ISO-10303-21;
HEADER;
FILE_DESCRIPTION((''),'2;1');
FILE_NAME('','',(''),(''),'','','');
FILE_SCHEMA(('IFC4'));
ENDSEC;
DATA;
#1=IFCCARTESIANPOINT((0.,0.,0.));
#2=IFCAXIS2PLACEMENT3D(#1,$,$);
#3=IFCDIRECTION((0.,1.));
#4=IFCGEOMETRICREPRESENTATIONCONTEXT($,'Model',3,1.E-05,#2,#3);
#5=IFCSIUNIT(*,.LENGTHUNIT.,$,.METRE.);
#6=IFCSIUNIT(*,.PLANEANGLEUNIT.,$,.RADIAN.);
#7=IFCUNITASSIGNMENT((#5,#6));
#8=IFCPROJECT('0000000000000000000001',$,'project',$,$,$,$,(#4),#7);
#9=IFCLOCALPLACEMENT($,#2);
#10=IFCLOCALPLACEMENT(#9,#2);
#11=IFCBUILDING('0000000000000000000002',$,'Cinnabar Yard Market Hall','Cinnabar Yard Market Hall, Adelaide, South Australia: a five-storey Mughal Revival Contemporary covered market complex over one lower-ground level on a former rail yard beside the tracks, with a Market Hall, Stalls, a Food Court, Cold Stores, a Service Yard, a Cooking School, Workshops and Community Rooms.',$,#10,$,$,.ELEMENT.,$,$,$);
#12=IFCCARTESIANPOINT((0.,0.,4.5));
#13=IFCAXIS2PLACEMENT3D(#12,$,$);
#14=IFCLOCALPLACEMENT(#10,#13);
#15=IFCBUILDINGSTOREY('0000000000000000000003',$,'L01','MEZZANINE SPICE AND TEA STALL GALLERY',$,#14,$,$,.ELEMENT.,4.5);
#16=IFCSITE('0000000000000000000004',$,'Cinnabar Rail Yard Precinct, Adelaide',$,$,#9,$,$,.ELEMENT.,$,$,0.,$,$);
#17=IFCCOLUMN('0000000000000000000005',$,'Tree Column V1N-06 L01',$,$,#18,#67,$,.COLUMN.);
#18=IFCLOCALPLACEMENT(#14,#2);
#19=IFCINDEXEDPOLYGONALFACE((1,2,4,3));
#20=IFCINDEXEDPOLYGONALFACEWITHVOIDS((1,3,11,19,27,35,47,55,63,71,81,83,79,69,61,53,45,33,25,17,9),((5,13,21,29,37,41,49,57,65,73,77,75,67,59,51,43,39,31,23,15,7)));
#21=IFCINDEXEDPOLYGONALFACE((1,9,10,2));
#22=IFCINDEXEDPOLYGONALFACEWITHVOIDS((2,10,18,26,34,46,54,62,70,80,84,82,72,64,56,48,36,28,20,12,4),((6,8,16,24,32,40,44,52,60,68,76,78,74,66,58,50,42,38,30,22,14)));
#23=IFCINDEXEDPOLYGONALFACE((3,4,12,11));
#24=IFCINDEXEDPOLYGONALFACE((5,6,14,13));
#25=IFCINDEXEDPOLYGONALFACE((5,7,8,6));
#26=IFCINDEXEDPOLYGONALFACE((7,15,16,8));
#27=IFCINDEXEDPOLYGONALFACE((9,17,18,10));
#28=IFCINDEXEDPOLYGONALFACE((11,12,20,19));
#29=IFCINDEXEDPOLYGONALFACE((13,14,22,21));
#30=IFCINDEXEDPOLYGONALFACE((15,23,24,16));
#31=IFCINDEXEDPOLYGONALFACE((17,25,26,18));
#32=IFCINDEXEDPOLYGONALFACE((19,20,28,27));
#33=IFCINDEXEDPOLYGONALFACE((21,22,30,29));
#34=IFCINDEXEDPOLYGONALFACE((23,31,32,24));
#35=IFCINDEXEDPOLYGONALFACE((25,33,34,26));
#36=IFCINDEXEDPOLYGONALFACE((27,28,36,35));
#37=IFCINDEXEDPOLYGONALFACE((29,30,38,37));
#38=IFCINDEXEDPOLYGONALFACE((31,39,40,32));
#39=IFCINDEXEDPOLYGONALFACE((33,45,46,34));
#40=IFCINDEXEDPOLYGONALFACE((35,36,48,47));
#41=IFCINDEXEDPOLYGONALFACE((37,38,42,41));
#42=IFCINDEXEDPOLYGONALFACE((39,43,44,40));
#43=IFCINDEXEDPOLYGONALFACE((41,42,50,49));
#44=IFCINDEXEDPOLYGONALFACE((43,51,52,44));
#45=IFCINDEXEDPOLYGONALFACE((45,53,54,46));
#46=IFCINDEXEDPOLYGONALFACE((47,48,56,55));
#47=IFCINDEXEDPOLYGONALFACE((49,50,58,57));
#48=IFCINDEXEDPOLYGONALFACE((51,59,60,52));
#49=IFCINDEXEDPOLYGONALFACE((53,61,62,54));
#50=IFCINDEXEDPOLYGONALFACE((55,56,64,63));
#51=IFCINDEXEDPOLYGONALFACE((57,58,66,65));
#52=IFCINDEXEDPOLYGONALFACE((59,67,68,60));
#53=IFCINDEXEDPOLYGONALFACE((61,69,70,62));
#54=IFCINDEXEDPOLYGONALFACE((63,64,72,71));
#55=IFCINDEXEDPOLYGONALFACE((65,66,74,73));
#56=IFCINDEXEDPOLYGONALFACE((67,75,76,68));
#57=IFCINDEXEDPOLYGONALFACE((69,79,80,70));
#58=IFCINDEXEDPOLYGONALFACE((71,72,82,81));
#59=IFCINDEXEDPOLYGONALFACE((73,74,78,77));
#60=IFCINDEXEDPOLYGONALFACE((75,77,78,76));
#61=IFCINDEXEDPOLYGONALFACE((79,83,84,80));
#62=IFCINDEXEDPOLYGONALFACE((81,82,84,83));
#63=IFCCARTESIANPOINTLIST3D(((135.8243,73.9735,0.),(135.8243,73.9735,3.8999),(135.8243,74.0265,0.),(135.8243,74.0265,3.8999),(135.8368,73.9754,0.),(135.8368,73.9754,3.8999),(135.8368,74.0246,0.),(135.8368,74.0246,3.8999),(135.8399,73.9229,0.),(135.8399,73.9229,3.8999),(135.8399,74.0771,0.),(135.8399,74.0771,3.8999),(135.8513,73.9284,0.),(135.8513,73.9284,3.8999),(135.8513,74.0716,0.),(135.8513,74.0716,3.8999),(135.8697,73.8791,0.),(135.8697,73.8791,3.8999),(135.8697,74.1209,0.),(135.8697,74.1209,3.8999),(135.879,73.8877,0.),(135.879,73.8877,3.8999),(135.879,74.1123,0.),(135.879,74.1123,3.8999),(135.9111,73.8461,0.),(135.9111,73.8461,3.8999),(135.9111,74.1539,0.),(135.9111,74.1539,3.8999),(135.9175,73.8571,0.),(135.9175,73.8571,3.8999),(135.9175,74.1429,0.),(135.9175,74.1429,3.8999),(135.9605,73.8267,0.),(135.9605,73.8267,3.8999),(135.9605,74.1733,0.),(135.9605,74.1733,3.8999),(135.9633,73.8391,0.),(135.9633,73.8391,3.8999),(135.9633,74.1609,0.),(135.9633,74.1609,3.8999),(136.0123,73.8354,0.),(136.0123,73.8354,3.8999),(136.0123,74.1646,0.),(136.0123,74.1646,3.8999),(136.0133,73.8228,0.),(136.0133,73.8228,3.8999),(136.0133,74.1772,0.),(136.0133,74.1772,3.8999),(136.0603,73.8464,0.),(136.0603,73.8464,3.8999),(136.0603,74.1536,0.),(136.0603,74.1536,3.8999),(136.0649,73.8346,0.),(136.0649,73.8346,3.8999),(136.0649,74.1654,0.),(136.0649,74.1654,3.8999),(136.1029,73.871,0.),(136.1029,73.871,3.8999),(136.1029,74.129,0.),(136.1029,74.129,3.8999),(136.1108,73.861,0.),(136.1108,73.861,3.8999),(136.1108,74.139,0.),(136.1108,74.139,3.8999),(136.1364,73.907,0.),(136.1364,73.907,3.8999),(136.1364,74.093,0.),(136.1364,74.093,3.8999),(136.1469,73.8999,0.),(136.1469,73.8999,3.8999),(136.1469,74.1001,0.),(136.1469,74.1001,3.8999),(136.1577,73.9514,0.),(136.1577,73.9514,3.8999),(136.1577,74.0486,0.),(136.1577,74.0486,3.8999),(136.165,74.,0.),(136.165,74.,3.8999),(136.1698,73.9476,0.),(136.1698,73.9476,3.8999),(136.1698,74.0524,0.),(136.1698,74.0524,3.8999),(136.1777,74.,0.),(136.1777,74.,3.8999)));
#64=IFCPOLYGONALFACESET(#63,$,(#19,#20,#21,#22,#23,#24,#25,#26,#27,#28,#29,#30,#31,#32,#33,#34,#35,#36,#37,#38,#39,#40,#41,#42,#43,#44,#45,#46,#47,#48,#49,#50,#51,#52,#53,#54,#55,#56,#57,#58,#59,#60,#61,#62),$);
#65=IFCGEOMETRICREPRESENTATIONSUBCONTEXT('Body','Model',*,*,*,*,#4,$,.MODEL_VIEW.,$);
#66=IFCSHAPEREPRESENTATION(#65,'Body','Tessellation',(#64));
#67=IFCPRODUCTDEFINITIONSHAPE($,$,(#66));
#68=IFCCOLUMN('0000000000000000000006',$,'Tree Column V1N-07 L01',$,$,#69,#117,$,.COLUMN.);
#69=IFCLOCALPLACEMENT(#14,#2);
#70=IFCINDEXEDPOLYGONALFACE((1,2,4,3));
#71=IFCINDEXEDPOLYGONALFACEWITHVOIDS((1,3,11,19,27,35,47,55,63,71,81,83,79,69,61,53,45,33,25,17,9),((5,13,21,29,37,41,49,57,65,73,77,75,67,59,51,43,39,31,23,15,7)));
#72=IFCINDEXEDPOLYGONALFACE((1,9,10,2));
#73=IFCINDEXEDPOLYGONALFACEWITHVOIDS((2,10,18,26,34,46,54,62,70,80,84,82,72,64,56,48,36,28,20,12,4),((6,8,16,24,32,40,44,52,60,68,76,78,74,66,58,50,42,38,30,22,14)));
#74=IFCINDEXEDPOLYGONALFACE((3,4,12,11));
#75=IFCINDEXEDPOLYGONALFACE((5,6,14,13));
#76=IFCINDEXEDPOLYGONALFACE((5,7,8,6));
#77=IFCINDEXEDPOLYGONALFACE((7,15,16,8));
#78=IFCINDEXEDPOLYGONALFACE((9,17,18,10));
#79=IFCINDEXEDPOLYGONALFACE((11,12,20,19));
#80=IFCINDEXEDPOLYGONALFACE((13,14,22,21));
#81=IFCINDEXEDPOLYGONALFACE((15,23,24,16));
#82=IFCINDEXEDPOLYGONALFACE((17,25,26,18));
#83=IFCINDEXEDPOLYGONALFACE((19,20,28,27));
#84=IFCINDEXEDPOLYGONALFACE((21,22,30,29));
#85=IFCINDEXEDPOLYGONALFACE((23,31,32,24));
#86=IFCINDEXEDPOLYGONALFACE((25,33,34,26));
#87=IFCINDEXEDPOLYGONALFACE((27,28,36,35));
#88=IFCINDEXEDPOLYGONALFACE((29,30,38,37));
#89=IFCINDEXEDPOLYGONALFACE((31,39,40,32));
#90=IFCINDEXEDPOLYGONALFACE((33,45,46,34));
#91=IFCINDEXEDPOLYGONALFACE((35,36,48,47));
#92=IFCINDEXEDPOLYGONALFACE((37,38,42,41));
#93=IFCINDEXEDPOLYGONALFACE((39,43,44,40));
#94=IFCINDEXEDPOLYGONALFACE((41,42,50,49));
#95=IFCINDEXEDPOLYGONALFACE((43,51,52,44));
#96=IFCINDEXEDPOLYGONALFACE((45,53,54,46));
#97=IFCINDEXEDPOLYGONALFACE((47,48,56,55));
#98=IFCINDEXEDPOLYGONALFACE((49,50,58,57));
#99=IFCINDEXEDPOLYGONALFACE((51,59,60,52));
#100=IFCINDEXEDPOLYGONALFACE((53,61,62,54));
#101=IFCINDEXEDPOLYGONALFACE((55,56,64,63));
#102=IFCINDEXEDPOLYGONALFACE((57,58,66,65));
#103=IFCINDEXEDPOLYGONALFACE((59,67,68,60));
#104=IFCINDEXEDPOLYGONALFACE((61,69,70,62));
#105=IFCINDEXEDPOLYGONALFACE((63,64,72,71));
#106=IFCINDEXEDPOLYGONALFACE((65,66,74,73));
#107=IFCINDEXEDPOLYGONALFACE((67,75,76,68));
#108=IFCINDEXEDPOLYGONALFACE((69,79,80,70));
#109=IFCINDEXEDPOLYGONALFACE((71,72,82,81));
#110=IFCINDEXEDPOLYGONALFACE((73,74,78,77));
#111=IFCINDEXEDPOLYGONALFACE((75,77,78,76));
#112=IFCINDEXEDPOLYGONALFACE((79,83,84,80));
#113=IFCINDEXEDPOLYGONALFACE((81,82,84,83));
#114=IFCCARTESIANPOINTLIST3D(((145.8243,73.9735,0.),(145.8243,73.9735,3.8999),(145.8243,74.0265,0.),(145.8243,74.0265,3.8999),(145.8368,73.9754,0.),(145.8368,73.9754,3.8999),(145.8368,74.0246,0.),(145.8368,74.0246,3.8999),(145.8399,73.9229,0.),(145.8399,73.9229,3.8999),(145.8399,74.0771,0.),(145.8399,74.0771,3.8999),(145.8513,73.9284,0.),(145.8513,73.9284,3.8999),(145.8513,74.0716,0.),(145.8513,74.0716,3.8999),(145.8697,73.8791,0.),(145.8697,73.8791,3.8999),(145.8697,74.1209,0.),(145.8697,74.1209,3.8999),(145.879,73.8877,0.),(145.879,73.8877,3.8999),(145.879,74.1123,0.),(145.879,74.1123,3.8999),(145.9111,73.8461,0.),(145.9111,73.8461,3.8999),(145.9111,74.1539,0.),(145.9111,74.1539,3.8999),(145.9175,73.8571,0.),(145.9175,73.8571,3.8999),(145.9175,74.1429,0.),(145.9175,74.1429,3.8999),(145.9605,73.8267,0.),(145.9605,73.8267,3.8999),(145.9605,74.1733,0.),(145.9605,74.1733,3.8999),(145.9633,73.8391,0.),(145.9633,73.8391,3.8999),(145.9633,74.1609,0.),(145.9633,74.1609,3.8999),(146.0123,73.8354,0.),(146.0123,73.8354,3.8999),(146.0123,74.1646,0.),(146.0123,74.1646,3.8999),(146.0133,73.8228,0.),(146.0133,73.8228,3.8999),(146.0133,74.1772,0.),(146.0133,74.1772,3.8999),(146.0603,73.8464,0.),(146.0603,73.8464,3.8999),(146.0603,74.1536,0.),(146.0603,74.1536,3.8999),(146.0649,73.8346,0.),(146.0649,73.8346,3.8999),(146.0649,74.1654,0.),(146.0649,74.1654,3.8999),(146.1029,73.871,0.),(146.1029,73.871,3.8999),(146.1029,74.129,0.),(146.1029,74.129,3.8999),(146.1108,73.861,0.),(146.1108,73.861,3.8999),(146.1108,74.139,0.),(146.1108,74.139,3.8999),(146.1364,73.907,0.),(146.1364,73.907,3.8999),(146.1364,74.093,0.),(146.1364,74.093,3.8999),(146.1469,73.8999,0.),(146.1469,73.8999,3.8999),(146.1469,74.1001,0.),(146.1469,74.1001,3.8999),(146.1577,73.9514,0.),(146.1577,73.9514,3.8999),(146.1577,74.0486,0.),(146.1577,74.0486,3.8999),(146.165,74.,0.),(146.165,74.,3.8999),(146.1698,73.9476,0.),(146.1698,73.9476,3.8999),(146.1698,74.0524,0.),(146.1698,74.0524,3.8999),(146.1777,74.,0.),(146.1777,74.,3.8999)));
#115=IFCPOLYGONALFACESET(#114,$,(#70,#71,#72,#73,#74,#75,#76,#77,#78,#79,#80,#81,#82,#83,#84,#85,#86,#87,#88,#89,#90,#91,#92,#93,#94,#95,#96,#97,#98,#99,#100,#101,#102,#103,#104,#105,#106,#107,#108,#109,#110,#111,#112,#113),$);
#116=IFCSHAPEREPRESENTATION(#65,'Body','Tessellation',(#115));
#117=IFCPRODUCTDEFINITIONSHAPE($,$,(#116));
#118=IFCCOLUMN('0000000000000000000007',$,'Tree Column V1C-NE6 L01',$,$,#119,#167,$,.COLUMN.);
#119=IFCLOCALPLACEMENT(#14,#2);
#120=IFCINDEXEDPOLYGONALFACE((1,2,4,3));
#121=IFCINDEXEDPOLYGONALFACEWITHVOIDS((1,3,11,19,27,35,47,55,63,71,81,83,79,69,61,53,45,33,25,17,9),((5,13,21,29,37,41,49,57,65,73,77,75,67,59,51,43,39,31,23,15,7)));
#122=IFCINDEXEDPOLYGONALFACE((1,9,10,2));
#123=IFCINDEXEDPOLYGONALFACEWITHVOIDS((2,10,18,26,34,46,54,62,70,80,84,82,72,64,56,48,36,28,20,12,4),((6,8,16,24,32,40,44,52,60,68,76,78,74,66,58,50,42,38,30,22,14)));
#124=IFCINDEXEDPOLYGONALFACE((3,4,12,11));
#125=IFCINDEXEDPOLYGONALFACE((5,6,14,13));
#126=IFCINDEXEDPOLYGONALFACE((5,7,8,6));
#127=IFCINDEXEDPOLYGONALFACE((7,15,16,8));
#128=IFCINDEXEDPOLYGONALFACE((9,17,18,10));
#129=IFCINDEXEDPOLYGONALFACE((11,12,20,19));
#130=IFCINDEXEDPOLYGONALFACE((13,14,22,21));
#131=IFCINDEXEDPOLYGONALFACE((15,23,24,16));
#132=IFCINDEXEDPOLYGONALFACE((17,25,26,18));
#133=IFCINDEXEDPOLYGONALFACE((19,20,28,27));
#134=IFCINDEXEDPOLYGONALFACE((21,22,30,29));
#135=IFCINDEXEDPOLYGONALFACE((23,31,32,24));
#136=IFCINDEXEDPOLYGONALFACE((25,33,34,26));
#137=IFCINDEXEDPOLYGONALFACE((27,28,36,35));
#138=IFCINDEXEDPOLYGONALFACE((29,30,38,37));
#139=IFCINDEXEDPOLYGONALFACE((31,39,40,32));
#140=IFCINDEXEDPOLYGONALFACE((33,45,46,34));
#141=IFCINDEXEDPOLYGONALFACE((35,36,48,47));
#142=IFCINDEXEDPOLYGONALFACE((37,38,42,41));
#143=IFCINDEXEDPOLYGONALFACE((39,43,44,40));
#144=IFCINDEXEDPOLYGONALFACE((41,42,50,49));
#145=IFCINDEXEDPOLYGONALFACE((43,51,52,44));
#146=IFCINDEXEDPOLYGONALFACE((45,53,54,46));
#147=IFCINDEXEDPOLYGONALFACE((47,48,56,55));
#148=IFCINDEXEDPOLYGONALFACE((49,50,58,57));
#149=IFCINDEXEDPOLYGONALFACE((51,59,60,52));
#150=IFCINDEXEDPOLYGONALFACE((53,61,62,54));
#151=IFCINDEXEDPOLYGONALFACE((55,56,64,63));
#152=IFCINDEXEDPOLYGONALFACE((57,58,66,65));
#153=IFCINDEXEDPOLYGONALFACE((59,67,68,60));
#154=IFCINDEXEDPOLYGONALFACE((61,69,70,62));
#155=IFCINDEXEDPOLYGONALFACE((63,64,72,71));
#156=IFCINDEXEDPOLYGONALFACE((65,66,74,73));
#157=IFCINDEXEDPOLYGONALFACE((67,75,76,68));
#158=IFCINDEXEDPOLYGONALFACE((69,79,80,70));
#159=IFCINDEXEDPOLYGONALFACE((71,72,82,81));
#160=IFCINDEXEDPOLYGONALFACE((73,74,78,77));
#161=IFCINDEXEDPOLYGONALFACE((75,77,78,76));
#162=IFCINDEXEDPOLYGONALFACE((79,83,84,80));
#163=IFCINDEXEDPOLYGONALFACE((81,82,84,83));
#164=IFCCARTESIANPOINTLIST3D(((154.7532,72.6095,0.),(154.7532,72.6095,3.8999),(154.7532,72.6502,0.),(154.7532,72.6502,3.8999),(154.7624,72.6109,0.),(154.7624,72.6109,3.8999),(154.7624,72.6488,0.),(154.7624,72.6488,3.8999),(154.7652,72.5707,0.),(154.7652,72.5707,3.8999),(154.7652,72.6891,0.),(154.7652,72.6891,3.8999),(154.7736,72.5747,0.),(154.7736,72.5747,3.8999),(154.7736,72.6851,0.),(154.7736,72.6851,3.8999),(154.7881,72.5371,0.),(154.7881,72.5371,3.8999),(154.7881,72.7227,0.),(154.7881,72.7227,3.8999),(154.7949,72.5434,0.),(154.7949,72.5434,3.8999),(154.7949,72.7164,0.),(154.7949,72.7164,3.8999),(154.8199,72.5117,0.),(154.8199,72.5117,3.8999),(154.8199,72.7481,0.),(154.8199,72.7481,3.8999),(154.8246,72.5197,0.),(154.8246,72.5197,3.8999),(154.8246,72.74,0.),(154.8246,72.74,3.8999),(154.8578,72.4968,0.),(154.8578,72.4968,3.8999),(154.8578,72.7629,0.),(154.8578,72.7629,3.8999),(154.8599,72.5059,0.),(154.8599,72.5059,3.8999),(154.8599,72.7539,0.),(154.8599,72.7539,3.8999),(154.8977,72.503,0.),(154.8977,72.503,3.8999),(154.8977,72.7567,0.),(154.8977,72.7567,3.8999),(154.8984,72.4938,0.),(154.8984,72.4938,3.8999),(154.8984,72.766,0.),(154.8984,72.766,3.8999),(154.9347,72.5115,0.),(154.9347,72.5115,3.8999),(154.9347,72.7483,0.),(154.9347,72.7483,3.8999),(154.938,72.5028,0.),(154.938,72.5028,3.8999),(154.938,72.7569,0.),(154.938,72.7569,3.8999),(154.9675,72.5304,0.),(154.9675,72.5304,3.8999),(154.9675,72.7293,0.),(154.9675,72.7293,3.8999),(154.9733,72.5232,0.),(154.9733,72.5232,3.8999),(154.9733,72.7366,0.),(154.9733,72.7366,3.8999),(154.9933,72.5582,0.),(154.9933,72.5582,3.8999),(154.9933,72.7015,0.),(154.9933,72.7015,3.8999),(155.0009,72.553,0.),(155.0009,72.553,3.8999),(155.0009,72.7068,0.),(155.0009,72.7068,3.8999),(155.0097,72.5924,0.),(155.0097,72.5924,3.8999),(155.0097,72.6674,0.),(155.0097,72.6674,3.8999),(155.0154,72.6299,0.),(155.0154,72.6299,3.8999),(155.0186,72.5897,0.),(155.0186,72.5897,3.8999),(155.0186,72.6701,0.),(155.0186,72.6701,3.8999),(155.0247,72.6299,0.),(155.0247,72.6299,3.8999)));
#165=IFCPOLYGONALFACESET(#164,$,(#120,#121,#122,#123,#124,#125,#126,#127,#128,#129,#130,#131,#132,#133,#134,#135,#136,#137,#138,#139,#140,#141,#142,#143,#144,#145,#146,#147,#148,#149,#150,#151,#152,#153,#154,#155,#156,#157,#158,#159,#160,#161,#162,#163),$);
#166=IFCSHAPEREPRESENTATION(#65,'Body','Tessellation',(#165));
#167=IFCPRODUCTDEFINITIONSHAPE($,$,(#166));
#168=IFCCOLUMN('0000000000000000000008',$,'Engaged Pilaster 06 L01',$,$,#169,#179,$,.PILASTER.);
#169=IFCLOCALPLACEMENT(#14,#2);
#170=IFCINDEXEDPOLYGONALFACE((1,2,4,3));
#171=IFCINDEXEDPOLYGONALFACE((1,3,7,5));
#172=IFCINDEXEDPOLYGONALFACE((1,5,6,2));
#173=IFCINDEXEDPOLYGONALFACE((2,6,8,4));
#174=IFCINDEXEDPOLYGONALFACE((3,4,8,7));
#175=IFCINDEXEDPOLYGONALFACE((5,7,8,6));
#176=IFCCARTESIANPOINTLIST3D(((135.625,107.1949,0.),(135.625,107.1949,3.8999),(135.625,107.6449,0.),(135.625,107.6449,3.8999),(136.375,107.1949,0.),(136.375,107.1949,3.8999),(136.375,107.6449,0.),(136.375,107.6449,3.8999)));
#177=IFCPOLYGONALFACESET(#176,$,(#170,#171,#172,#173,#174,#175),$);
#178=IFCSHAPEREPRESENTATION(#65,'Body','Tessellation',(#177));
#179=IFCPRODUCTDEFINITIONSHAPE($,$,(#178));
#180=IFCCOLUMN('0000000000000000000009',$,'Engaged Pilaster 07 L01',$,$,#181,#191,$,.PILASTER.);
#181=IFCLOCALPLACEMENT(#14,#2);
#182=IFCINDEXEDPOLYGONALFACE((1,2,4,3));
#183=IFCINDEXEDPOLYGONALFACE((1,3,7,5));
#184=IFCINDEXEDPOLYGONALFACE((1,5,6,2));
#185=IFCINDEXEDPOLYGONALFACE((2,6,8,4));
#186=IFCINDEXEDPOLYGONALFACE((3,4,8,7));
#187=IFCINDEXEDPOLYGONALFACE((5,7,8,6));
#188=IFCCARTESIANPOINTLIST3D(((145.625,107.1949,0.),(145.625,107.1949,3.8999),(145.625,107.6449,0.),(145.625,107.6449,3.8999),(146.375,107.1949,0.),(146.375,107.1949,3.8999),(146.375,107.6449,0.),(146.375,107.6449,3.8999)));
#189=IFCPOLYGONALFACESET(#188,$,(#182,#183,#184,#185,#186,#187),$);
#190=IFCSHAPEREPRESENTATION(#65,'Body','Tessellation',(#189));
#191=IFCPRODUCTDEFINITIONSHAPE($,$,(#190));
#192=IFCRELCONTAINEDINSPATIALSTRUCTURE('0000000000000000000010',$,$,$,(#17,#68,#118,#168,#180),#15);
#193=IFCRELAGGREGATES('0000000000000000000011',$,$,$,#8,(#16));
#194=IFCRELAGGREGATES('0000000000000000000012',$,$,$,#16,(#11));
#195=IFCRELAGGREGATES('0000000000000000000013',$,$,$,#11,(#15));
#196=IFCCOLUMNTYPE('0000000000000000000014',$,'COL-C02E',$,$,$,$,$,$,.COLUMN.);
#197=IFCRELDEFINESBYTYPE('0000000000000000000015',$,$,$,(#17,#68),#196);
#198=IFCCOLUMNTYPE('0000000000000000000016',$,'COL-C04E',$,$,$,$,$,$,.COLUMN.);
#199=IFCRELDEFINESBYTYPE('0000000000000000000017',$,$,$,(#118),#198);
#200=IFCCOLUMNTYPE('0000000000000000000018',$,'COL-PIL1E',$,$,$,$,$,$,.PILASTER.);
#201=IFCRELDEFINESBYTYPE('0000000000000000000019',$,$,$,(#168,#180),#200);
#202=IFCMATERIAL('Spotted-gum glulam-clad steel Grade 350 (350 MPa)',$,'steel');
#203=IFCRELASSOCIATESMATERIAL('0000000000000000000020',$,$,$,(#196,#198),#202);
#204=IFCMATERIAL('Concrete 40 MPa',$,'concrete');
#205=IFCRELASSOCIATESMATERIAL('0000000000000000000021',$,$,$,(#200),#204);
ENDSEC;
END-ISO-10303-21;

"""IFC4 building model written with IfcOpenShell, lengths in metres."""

from ifc_helpers import new_model, si_unit, direction, frame, origin, origin_2d_with_axis, place, context, subcontext, project, spatial, rectangle, hollow_circle, extrude, material, material_profile, profile_set, type_object, element, save


model = new_model("IFC4")

# Units and contexts
model_context = context("Model", 3, precision=1e-05, world=origin(), true_north=direction((0.0, 1.0)))
body_context = subcontext(model_context, "Body", "Model", "MODEL_VIEW")
ifc_project = project(units=[si_unit("LENGTHUNIT", "METRE"), si_unit("PLANEANGLEUNIT", "RADIAN")], contexts=[model_context])

# Site, building, storey
site_placement = place(None, origin())
site = spatial("IfcSite", under=ifc_project, at=site_placement, Name="Cinnabar Rail Yard Precinct, Adelaide", CompositionType="ELEMENT", RefElevation=0.0)
building_placement = place(site_placement, origin())
building = spatial("IfcBuilding", under=site, at=building_placement, Name="Cinnabar Yard Market Hall", Description="Cinnabar Yard Market Hall, Adelaide, South Australia: a five-storey Mughal Revival Contemporary covered market complex over one lower-ground level on a former rail yard beside the tracks, with a Market Hall, Stalls, a Food Court, Cold Stores, a Service Yard, a Cooking School, Workshops and Community Rooms.", CompositionType="ELEMENT")
storey_placement = place(building_placement, frame((0.0, 0.0, 4.5)))
storey = spatial("IfcBuildingStorey", under=building, at=storey_placement, Name="L01", Description="MEZZANINE SPICE AND TEA STALL GALLERY", CompositionType="ELEMENT", Elevation=4.5)

# Columns
ifc_material_1 = material(Name="Spotted-gum glulam-clad steel Grade 350 (350 MPa)", Category="steel")
ifc_material_profile_1 = material_profile(ifc_material_1, hollow_circle(Radius=0.1777, WallThickness=0.0127, at=origin_2d_with_axis()), Name="355.6x12.7CHS")
ifc_profile_set_1 = profile_set([ifc_material_profile_1], Name="Spotted-gum glulam-clad steel Grade 350 (350 MPa)")
column_type_1 = type_object("IfcColumnType", Name="COL-C02E", PredefinedType="COLUMN", material=ifc_profile_set_1)
for number, where, z_axis, x_axis, name in (
    (1, (136.0, 74.0, 0.0), (0.0, 0.0, 1.0), (1.0, 0.0, 0.0), "Tree Column V1N-06 L01"),
    (2, (146.0, 74.0, 0.0), (0.0, 0.0, 1.0), (1.0, 0.0, 0.0), "Tree Column V1N-07 L01"),
):
    element("IfcColumn", number, at=place(storey_placement, frame(where, z_axis=z_axis, x_axis=x_axis)), inside=storey, type_object=column_type_1, Name=name, PredefinedType="COLUMN", context=body_context, shape_type="SweptSolid", body=[
        extrude(hollow_circle(Radius=0.1777, WallThickness=0.0127, at=origin_2d_with_axis()), origin(), (0.0, 0.0, 1.0), 3.8999),
    ])
ifc_material_profile_2 = material_profile(ifc_material_1, hollow_circle(Radius=0.1365, WallThickness=0.0093, at=origin_2d_with_axis()), Name="273.1x9.3CHS")
ifc_profile_set_2 = profile_set([ifc_material_profile_2], Name="Spotted-gum glulam-clad steel Grade 350 (350 MPa)")
column_type_2 = type_object("IfcColumnType", Name="COL-C04E", PredefinedType="COLUMN", material=ifc_profile_set_2)
column_placement = place(storey_placement, frame((154.8882, 72.6299, 0.0), z_axis=(0.0, 0.0, 1.0), x_axis=(1.0, 0.0, 0.0)))
element("IfcColumn", 3, at=column_placement, inside=storey, type_object=column_type_2, Name="Tree Column V1C-NE6 L01", PredefinedType="COLUMN", context=body_context, shape_type="SweptSolid", body=[
    extrude(hollow_circle(Radius=0.1365, WallThickness=0.0093, at=origin_2d_with_axis()), origin(), (0.0, 0.0, 1.0), 3.8999),
])
ifc_material_2 = material(Name="Concrete 40 MPa", Category="concrete")
ifc_material_profile_3 = material_profile(ifc_material_2, rectangle(XDim=0.75, YDim=0.45, at=origin_2d_with_axis()), Name="RC-750x450")
ifc_profile_set_3 = profile_set([ifc_material_profile_3], Name="Concrete 40 MPa")
column_type_3 = type_object("IfcColumnType", Name="COL-PIL1E", PredefinedType="PILASTER", material=ifc_profile_set_3)
for number, where, z_axis, x_axis, name in (
    (4, (136.0, 107.4199, 0.0), (0.0, 0.0, 1.0), (1.0, 0.0, 0.0), "Engaged Pilaster 06 L01"),
    (5, (146.0, 107.4199, 0.0), (0.0, 0.0, 1.0), (1.0, 0.0, 0.0), "Engaged Pilaster 07 L01"),
):
    element("IfcColumn", number, at=place(storey_placement, frame(where, z_axis=z_axis, x_axis=x_axis)), inside=storey, type_object=column_type_3, Name=name, PredefinedType="PILASTER", context=body_context, shape_type="SweptSolid", body=[
        extrude(rectangle(XDim=0.75, YDim=0.45, at=origin_2d_with_axis()), origin(), (0.0, 0.0, 1.0), 3.8999),
    ])

save(model, "model.ifc")
